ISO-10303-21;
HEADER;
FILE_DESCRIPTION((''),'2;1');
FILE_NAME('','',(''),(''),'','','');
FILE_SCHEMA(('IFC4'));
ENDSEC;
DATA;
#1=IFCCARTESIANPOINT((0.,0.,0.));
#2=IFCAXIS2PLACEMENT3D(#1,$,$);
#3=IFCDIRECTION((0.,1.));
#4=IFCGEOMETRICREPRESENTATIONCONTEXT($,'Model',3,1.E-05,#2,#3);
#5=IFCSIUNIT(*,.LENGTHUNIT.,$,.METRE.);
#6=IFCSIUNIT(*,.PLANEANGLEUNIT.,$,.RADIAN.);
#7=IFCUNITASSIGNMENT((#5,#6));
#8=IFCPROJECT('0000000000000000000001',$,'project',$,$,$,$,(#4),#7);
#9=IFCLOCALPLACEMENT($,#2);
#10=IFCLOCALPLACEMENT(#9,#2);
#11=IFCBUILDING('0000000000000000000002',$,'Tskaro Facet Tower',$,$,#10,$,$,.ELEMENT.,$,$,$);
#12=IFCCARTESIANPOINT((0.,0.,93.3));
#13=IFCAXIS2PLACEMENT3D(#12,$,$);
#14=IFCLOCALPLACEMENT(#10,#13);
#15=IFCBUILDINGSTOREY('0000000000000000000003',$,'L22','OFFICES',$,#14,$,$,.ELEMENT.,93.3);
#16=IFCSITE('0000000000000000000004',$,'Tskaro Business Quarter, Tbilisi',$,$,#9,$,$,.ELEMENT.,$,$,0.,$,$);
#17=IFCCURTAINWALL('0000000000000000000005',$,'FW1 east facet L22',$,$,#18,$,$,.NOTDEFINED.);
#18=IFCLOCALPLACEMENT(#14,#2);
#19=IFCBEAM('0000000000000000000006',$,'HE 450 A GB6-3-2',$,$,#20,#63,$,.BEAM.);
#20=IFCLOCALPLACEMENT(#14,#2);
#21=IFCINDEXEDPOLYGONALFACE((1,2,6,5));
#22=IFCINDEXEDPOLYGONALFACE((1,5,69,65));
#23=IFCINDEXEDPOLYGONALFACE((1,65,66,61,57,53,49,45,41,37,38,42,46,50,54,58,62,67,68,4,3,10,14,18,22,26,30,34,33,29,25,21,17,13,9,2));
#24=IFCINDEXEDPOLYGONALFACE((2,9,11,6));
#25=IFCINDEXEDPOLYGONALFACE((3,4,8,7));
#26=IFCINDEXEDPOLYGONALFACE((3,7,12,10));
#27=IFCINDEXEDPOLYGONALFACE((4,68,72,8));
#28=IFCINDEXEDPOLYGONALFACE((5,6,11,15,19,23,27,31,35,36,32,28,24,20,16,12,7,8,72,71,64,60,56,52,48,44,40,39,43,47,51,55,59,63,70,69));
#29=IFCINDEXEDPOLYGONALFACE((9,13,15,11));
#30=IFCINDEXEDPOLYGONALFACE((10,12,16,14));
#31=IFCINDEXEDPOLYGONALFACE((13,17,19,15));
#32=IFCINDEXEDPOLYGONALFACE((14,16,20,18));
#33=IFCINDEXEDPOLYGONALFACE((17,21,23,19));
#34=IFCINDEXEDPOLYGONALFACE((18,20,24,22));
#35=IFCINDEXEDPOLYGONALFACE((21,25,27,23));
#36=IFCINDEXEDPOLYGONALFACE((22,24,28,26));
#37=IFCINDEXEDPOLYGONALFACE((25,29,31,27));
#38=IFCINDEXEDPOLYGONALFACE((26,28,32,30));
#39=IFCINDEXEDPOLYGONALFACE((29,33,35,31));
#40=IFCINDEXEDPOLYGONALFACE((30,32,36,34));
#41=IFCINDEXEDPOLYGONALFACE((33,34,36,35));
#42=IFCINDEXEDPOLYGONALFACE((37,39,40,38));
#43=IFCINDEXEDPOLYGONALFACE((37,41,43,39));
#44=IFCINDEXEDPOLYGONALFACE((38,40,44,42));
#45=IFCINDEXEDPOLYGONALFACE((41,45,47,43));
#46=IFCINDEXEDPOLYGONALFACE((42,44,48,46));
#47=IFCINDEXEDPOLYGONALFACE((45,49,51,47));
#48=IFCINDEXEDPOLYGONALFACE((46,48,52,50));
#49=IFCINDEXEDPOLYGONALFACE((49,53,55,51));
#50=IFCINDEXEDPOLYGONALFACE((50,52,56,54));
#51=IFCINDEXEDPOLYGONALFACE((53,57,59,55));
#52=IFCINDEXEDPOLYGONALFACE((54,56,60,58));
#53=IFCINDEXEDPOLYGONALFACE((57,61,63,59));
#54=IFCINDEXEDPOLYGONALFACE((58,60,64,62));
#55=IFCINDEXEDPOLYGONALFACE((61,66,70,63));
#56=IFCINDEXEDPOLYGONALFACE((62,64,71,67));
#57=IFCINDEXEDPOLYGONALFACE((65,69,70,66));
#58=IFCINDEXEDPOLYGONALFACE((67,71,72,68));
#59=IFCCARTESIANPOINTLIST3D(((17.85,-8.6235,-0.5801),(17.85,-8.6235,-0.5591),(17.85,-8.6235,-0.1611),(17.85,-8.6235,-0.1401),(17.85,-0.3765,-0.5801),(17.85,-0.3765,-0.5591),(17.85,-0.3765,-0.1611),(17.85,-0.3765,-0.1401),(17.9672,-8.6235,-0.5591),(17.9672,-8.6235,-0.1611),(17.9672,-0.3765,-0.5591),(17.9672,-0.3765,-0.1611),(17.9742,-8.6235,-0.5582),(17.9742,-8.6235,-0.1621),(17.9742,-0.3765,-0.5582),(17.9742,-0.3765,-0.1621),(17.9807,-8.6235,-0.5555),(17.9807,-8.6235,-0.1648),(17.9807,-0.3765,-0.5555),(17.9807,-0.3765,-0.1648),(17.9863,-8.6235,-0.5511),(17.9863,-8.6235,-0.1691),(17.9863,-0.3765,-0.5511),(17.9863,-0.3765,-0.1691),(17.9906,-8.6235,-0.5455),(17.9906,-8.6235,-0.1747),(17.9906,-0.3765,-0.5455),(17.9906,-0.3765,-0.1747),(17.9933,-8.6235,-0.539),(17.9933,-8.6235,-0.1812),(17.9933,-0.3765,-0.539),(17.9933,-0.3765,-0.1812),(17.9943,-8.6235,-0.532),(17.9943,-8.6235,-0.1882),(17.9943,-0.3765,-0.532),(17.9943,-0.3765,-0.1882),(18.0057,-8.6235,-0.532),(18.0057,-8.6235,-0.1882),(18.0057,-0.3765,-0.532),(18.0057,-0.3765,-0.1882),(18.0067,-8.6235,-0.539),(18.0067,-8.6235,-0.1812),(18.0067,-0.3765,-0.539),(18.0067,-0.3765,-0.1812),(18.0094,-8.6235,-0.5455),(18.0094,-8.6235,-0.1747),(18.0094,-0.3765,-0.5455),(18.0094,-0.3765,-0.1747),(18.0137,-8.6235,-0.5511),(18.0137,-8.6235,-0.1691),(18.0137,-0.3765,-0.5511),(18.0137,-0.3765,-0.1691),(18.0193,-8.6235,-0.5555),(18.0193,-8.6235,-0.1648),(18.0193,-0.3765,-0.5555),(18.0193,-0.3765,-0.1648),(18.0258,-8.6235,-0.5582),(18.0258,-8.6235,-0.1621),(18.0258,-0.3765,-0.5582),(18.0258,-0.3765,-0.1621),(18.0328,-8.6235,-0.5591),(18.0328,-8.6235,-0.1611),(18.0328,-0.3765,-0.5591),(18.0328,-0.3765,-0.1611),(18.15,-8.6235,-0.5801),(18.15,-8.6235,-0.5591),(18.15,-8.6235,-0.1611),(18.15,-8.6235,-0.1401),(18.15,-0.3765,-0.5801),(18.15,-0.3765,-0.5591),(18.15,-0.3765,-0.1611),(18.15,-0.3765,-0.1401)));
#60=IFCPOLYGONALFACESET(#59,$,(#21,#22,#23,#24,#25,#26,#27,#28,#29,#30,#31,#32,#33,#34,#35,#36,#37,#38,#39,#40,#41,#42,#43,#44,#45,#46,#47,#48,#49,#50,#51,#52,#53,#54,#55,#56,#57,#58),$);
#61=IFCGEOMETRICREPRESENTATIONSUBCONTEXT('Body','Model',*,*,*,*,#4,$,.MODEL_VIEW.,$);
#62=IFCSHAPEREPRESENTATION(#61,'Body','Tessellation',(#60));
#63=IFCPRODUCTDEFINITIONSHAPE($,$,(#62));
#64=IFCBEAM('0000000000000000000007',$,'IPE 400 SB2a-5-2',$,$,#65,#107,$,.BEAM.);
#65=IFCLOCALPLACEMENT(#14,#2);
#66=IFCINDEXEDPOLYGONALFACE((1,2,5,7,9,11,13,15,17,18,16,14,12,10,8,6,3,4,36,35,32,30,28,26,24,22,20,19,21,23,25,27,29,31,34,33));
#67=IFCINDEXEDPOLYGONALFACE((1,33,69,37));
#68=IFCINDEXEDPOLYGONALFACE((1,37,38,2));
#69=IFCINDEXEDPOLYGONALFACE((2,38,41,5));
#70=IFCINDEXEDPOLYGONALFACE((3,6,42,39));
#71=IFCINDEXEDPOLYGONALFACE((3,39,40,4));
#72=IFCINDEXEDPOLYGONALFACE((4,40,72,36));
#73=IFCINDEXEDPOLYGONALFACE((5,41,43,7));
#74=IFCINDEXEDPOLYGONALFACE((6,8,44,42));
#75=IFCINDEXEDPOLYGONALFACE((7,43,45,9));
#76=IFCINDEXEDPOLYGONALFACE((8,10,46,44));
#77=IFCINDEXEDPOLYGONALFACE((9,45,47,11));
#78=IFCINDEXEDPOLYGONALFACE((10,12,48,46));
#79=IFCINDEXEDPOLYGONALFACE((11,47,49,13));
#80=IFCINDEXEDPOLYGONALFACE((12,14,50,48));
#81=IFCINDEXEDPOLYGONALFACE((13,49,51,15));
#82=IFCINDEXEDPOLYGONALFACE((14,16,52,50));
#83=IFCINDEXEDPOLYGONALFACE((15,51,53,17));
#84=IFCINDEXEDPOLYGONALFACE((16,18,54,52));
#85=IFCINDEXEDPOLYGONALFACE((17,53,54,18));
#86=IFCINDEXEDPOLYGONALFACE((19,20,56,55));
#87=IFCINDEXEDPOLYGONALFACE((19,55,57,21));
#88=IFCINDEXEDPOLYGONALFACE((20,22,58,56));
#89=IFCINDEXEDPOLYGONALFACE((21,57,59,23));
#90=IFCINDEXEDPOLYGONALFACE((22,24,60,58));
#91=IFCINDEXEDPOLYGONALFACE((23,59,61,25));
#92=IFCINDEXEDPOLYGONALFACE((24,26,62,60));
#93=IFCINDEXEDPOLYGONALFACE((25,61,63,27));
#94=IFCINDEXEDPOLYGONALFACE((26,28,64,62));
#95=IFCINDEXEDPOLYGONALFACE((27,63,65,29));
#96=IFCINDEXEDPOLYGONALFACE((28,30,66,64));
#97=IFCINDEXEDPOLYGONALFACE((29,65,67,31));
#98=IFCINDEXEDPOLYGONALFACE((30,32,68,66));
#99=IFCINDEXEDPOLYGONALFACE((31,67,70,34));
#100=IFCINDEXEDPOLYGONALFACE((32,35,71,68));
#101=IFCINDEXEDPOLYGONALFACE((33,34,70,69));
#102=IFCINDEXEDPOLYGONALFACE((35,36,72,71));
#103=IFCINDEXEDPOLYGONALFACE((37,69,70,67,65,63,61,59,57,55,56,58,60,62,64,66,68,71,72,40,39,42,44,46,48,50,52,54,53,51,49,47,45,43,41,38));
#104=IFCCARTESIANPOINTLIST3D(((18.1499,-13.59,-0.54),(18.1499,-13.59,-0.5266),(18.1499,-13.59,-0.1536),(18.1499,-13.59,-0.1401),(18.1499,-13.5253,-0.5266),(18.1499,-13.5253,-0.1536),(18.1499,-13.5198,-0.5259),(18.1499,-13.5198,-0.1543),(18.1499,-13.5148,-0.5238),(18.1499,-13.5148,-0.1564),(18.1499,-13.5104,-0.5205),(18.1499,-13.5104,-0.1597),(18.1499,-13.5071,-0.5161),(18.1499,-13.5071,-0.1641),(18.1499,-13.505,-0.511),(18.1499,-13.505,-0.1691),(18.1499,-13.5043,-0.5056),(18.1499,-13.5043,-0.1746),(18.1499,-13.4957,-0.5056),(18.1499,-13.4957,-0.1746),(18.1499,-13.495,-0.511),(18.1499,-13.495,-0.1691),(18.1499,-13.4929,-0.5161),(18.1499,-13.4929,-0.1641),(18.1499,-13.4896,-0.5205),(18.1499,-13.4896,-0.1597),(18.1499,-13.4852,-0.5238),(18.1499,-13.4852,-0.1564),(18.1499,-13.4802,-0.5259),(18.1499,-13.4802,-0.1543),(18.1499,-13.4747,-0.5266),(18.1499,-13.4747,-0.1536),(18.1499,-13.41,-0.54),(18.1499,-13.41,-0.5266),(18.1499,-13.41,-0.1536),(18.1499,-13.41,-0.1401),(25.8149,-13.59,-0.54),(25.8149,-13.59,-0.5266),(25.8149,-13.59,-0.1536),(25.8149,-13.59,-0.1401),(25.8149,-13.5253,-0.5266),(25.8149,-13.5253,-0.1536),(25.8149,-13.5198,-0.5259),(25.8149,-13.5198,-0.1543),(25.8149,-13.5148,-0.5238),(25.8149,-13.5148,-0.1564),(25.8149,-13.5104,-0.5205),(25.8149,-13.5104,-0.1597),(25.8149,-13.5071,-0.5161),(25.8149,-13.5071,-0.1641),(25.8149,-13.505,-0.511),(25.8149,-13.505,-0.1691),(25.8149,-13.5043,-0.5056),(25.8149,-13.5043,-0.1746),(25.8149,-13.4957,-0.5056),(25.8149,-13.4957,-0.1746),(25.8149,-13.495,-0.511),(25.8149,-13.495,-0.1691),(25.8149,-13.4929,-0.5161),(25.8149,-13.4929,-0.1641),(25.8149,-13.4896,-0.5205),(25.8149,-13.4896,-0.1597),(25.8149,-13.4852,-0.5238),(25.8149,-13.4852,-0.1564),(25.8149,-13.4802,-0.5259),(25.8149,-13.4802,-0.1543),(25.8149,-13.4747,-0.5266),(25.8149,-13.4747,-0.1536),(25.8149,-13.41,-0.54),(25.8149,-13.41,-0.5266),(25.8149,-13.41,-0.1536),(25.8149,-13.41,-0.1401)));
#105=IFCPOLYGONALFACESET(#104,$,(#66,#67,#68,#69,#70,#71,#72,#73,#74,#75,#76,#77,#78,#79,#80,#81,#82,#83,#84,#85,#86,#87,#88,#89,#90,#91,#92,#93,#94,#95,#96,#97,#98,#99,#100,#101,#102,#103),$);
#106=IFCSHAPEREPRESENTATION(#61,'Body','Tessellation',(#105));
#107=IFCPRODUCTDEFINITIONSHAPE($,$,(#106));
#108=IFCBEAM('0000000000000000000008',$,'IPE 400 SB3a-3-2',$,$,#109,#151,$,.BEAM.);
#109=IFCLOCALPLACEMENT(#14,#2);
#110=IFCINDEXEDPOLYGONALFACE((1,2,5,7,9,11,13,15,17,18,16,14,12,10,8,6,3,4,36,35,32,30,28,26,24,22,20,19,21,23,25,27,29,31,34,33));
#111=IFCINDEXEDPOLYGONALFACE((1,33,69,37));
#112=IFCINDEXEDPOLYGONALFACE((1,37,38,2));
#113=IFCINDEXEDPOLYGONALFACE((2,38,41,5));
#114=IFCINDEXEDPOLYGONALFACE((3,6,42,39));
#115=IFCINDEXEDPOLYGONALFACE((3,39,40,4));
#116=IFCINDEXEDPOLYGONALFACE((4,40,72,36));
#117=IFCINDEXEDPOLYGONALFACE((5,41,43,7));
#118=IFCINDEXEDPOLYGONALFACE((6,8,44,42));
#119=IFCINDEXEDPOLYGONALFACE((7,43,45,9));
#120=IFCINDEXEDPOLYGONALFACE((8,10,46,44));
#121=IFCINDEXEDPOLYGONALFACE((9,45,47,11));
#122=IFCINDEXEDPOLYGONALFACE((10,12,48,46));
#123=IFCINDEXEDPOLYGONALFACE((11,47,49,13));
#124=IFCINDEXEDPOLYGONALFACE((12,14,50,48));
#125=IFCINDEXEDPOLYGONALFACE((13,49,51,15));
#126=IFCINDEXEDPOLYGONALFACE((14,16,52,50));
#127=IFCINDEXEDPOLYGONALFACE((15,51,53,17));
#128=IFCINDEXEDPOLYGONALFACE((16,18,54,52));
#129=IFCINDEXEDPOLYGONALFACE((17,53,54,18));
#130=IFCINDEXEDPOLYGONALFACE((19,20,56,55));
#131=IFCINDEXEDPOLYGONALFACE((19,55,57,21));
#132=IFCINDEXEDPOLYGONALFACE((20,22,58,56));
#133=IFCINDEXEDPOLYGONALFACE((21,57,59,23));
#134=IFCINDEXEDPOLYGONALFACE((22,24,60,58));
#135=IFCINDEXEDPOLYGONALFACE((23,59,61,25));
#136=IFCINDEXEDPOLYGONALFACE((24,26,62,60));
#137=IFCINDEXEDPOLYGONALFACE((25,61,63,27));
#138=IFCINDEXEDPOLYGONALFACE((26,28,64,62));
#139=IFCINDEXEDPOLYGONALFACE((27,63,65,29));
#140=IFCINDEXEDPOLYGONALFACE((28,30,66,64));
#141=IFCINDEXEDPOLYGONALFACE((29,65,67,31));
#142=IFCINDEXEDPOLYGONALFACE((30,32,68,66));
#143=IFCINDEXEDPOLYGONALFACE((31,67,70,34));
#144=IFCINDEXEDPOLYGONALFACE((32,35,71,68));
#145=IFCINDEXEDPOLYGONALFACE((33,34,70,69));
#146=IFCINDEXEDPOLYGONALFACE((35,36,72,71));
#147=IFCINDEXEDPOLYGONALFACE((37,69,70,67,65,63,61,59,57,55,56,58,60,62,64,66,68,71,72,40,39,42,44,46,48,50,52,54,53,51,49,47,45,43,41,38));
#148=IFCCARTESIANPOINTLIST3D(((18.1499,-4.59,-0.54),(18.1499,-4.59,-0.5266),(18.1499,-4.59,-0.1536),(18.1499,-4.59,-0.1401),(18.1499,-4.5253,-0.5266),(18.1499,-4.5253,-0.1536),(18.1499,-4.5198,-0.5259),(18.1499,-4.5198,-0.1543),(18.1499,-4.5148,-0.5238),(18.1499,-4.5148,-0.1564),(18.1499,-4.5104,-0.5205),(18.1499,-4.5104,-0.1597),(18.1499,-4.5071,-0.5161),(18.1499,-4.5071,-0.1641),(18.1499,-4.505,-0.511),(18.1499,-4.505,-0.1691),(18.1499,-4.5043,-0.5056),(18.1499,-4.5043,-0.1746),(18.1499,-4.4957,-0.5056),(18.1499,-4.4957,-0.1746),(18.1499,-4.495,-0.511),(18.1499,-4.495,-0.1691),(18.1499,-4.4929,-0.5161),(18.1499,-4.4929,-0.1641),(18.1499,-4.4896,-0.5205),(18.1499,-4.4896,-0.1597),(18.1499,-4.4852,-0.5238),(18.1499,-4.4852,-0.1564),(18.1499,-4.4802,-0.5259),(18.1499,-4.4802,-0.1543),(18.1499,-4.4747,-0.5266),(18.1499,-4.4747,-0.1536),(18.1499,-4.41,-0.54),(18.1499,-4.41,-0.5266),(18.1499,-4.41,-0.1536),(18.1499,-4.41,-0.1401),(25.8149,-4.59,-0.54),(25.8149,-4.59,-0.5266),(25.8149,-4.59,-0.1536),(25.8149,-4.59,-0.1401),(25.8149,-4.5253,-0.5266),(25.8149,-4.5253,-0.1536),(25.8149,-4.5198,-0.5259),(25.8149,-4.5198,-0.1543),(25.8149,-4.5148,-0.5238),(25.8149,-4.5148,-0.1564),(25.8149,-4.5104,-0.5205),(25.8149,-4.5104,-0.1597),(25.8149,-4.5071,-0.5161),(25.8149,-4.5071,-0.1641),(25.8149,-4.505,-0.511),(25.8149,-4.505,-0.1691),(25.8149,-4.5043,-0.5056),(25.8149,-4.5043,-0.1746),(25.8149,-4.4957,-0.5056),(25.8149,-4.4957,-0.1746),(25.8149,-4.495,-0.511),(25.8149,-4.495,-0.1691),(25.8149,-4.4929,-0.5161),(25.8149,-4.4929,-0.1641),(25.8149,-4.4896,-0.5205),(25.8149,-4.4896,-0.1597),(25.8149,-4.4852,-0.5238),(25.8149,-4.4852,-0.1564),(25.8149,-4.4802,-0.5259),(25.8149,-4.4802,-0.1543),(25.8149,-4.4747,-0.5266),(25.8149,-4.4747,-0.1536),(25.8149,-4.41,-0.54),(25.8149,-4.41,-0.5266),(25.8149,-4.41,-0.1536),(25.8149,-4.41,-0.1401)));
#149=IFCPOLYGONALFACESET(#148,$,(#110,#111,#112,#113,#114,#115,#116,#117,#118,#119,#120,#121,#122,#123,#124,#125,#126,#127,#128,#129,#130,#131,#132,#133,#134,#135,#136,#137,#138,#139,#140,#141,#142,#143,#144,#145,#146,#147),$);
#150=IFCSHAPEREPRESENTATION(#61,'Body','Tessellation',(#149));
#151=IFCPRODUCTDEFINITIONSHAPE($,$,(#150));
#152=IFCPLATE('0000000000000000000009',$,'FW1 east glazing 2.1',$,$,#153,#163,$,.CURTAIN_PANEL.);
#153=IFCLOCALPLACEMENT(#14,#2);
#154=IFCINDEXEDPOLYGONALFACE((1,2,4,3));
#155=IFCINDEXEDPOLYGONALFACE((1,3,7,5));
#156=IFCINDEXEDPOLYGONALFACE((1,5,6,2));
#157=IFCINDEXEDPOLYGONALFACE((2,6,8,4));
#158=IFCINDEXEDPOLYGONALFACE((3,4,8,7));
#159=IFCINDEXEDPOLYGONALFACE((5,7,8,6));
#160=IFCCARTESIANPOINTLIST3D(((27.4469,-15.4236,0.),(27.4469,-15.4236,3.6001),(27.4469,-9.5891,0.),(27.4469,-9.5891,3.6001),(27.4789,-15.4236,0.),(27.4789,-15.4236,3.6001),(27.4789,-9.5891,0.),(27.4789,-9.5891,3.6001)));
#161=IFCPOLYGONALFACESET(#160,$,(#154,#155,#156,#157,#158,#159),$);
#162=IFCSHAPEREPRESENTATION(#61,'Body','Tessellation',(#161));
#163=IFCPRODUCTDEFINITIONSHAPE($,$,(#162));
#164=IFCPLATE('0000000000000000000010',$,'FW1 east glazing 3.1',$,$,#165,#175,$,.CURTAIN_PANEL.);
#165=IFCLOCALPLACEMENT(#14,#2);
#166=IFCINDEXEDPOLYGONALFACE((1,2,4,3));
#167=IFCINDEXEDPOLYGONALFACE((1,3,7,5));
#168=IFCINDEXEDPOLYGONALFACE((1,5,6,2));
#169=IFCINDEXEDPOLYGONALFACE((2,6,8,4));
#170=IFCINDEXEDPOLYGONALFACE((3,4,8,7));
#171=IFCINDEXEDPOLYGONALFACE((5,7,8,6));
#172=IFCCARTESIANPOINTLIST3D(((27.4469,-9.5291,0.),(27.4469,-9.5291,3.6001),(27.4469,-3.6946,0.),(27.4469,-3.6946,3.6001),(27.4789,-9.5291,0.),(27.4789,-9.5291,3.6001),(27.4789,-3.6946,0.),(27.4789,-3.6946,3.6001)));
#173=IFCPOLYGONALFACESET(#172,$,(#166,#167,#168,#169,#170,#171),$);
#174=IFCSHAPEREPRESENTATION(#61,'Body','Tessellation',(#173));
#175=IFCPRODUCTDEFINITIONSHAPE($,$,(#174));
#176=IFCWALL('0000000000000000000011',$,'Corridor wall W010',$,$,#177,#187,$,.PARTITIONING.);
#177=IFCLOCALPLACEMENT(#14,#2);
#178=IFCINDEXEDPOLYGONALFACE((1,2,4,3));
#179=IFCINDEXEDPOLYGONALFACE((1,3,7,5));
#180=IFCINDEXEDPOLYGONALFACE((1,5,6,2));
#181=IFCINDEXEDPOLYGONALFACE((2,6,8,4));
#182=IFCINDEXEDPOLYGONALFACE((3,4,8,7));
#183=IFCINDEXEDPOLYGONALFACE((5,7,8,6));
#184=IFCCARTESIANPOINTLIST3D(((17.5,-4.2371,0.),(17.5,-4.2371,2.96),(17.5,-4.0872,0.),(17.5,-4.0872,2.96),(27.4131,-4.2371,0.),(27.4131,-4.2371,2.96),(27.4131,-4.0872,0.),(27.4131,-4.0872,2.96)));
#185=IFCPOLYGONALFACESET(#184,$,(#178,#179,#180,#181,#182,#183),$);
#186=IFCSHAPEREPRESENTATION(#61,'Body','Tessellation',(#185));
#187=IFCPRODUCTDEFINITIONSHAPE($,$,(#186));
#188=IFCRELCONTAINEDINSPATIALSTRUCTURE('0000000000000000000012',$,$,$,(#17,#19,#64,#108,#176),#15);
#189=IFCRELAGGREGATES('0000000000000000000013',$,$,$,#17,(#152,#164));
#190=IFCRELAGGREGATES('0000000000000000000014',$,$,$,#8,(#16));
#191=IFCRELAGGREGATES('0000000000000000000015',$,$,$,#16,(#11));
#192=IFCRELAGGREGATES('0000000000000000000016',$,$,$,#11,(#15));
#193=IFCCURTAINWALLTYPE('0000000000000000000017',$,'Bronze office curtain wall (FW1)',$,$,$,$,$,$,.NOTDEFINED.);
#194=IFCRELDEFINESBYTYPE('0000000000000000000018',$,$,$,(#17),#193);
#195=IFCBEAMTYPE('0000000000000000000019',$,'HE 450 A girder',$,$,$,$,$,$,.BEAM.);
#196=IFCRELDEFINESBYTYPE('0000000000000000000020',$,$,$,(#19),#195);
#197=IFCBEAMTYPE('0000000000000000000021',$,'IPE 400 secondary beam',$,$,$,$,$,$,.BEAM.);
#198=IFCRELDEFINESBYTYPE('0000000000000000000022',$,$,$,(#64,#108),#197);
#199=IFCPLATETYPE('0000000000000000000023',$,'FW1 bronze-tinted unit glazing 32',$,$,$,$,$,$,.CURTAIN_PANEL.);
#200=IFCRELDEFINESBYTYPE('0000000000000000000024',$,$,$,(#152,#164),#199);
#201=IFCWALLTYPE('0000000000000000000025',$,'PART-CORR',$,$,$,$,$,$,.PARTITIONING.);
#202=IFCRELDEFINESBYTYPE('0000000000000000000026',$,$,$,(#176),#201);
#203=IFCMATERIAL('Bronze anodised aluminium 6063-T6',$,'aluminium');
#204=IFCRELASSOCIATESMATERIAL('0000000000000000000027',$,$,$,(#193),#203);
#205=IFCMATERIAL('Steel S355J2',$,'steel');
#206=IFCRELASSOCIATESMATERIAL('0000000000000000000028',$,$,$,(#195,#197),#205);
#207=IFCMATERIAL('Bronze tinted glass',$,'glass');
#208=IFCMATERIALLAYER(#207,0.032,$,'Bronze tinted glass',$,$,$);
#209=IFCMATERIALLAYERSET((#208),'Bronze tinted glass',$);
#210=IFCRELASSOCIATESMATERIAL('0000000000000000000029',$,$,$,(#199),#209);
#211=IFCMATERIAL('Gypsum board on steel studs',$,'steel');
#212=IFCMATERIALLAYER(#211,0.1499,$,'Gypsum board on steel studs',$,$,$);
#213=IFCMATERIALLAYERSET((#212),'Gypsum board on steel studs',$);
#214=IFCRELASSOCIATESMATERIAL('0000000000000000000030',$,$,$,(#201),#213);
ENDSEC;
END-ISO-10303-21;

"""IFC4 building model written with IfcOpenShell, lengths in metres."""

from ifc_helpers import new_model, si_unit, direction, frame, frame_2d, origin, origin_2d, place, context, subcontext, project, spatial, rectangle, i_section, extrude, material, layer, layer_set, material_profile, profile_set, type_object, element, aggregate, save


model = new_model("IFC4")

# Units and contexts
model_context = context("Model", 3, precision=1e-05, world=origin(), true_north=direction((0.0, 1.0)))
body_context = subcontext(model_context, "Body", "Model", "MODEL_VIEW")
ifc_project = project(units=[si_unit("LENGTHUNIT", "METRE"), si_unit("PLANEANGLEUNIT", "RADIAN")], contexts=[model_context])

# Site, building, storey
site_placement = place(None, origin())
site = spatial("IfcSite", under=ifc_project, at=site_placement, Name="Tskaro Business Quarter, Tbilisi", CompositionType="ELEMENT", RefElevation=0.0)
building_placement = place(site_placement, origin())
building = spatial("IfcBuilding", under=site, at=building_placement, Name="Tskaro Facet Tower", CompositionType="ELEMENT")
storey_placement = place(building_placement, frame((0.0, 0.0, 93.3)))
storey = spatial("IfcBuildingStorey", under=building, at=storey_placement, Name="L22", Description="OFFICES", CompositionType="ELEMENT", Elevation=93.3)

# Curtain wall
ifc_material_1 = material(Name="Bronze anodised aluminium 6063-T6", Category="aluminium")
curtain_wall_type = type_object("IfcCurtainWallType", Name="Bronze office curtain wall (FW1)", PredefinedType="NOTDEFINED", material=ifc_material_1)
curtain_wall_placement = place(storey_placement, origin())
curtain_wall = element("IfcCurtainWall", 1, at=curtain_wall_placement, inside=storey, type_object=curtain_wall_type, Name="FW1 east facet L22", PredefinedType="NOTDEFINED")

# Beams
ifc_material_2 = material(Name="Steel S355J2", Category="steel")
ifc_material_profile_1 = material_profile(ifc_material_2, i_section(OverallWidth=0.3, OverallDepth=0.4399, WebThickness=0.0115, FlangeThickness=0.021, FilletRadius=0.0271, at=origin_2d()), Name="HE 450 A")
ifc_profile_set_1 = profile_set([ifc_material_profile_1], Name="Steel S355J2")
beam_type_1 = type_object("IfcBeamType", Name="HE 450 A girder", PredefinedType="BEAM", material=ifc_profile_set_1)
for number, where, z_axis, x_axis, name in (
    (2, (18.0, -8.6235, -0.3601), (0.0, 1.0, 0.0), (-1.0, 0.0, 0.0), "HE 450 A GB6-3-2"),
):
    element("IfcBeam", number, at=place(storey_placement, frame(where, z_axis=z_axis, x_axis=x_axis)), inside=storey, type_object=beam_type_1, Name=name, PredefinedType="BEAM", context=body_context, shape_type="SweptSolid", body=[
        extrude(i_section(OverallWidth=0.3, OverallDepth=0.4399, WebThickness=0.0115, FlangeThickness=0.021, FilletRadius=0.0271, at=origin_2d()), origin(), (0.0, 0.0, 1.0), 8.2471),
    ])
ifc_material_profile_2 = material_profile(ifc_material_2, i_section(OverallWidth=0.1799, OverallDepth=0.3999, WebThickness=0.0085, FlangeThickness=0.0134, FilletRadius=0.021, at=origin_2d()), Name="IPE 400")
ifc_profile_set_2 = profile_set([ifc_material_profile_2], Name="Steel S355J2")
beam_type_2 = type_object("IfcBeamType", Name="IPE 400 secondary beam", PredefinedType="BEAM", material=ifc_profile_set_2)
for number, where, z_axis, x_axis, name in (
    (3, (18.1499, -13.5, -0.3401), (1.0, 0.0, 0.0), (0.0, 1.0, 0.0), "IPE 400 SB2a-5-2"),
    (4, (18.1499, -4.5, -0.3401), (1.0, 0.0, 0.0), (0.0, 1.0, 0.0), "IPE 400 SB3a-3-2"),
):
    element("IfcBeam", number, at=place(storey_placement, frame(where, z_axis=z_axis, x_axis=x_axis)), inside=storey, type_object=beam_type_2, Name=name, PredefinedType="BEAM", context=body_context, shape_type="SweptSolid", body=[
        extrude(i_section(OverallWidth=0.1799, OverallDepth=0.3999, WebThickness=0.0085, FlangeThickness=0.0134, FilletRadius=0.021, at=origin_2d()), origin(), (0.0, 0.0, 1.0), 7.665),
    ])

# Plates
ifc_material_3 = material(Name="Bronze tinted glass", Category="glass")
ifc_layer_1 = layer(ifc_material_3, 0.032, Name="Bronze tinted glass")
ifc_layer_set_1 = layer_set([ifc_layer_1], Name="Bronze tinted glass")
plate_type = type_object("IfcPlateType", Name="FW1 bronze-tinted unit glazing 32", PredefinedType="CURTAIN_PANEL", material=ifc_layer_set_1)
plate_1_placement = place(storey_placement, frame((27.4629, -12.5063, 0.0), z_axis=(0.0, 0.0, 1.0), x_axis=(0.0, 1.0, 0.0)))
plate_1 = element("IfcPlate", 5, at=plate_1_placement, type_object=plate_type, Name="FW1 east glazing 2.1", PredefinedType="CURTAIN_PANEL", context=body_context, shape_type="SweptSolid", body=[
    extrude(rectangle(XDim=5.8345, YDim=0.032, at=origin_2d()), origin(), (0.0, 0.0, 1.0), 3.6001),
])
plate_2_placement = place(storey_placement, frame((27.4629, -6.6118, 0.0), z_axis=(0.0, 0.0, 1.0), x_axis=(0.0, 1.0, 0.0)))
plate_2 = element("IfcPlate", 6, at=plate_2_placement, type_object=plate_type, Name="FW1 east glazing 3.1", PredefinedType="CURTAIN_PANEL", context=body_context, shape_type="SweptSolid", body=[
    extrude(rectangle(XDim=5.8345, YDim=0.032, at=origin_2d()), origin(), (0.0, 0.0, 1.0), 3.6001),
])
aggregate(curtain_wall, [plate_1, plate_2])

# Wall
ifc_material_4 = material(Name="Gypsum board on steel studs", Category="steel")
ifc_layer_2 = layer(ifc_material_4, 0.1499, Name="Gypsum board on steel studs")
ifc_layer_set_2 = layer_set([ifc_layer_2], Name="Gypsum board on steel studs")
wall_type = type_object("IfcWallType", Name="PART-CORR", PredefinedType="PARTITIONING", material=ifc_layer_set_2)
wall_1_placement = place(storey_placement, frame((17.5, -4.1621, 0.0), z_axis=(0.0, 0.0, 1.0), x_axis=(1.0, 0.0, 0.0)))
element("IfcWall", 7, at=wall_1_placement, inside=storey, type_object=wall_type, Name="Corridor wall W010", PredefinedType="PARTITIONING", context=body_context, shape_type="SweptSolid", body=[
    extrude(rectangle(XDim=9.9131, YDim=0.1499, at=frame_2d((4.9565, 0.0))), origin(), (0.0, 0.0, 1.0), 2.96),
])

save(model, "model.ifc")
